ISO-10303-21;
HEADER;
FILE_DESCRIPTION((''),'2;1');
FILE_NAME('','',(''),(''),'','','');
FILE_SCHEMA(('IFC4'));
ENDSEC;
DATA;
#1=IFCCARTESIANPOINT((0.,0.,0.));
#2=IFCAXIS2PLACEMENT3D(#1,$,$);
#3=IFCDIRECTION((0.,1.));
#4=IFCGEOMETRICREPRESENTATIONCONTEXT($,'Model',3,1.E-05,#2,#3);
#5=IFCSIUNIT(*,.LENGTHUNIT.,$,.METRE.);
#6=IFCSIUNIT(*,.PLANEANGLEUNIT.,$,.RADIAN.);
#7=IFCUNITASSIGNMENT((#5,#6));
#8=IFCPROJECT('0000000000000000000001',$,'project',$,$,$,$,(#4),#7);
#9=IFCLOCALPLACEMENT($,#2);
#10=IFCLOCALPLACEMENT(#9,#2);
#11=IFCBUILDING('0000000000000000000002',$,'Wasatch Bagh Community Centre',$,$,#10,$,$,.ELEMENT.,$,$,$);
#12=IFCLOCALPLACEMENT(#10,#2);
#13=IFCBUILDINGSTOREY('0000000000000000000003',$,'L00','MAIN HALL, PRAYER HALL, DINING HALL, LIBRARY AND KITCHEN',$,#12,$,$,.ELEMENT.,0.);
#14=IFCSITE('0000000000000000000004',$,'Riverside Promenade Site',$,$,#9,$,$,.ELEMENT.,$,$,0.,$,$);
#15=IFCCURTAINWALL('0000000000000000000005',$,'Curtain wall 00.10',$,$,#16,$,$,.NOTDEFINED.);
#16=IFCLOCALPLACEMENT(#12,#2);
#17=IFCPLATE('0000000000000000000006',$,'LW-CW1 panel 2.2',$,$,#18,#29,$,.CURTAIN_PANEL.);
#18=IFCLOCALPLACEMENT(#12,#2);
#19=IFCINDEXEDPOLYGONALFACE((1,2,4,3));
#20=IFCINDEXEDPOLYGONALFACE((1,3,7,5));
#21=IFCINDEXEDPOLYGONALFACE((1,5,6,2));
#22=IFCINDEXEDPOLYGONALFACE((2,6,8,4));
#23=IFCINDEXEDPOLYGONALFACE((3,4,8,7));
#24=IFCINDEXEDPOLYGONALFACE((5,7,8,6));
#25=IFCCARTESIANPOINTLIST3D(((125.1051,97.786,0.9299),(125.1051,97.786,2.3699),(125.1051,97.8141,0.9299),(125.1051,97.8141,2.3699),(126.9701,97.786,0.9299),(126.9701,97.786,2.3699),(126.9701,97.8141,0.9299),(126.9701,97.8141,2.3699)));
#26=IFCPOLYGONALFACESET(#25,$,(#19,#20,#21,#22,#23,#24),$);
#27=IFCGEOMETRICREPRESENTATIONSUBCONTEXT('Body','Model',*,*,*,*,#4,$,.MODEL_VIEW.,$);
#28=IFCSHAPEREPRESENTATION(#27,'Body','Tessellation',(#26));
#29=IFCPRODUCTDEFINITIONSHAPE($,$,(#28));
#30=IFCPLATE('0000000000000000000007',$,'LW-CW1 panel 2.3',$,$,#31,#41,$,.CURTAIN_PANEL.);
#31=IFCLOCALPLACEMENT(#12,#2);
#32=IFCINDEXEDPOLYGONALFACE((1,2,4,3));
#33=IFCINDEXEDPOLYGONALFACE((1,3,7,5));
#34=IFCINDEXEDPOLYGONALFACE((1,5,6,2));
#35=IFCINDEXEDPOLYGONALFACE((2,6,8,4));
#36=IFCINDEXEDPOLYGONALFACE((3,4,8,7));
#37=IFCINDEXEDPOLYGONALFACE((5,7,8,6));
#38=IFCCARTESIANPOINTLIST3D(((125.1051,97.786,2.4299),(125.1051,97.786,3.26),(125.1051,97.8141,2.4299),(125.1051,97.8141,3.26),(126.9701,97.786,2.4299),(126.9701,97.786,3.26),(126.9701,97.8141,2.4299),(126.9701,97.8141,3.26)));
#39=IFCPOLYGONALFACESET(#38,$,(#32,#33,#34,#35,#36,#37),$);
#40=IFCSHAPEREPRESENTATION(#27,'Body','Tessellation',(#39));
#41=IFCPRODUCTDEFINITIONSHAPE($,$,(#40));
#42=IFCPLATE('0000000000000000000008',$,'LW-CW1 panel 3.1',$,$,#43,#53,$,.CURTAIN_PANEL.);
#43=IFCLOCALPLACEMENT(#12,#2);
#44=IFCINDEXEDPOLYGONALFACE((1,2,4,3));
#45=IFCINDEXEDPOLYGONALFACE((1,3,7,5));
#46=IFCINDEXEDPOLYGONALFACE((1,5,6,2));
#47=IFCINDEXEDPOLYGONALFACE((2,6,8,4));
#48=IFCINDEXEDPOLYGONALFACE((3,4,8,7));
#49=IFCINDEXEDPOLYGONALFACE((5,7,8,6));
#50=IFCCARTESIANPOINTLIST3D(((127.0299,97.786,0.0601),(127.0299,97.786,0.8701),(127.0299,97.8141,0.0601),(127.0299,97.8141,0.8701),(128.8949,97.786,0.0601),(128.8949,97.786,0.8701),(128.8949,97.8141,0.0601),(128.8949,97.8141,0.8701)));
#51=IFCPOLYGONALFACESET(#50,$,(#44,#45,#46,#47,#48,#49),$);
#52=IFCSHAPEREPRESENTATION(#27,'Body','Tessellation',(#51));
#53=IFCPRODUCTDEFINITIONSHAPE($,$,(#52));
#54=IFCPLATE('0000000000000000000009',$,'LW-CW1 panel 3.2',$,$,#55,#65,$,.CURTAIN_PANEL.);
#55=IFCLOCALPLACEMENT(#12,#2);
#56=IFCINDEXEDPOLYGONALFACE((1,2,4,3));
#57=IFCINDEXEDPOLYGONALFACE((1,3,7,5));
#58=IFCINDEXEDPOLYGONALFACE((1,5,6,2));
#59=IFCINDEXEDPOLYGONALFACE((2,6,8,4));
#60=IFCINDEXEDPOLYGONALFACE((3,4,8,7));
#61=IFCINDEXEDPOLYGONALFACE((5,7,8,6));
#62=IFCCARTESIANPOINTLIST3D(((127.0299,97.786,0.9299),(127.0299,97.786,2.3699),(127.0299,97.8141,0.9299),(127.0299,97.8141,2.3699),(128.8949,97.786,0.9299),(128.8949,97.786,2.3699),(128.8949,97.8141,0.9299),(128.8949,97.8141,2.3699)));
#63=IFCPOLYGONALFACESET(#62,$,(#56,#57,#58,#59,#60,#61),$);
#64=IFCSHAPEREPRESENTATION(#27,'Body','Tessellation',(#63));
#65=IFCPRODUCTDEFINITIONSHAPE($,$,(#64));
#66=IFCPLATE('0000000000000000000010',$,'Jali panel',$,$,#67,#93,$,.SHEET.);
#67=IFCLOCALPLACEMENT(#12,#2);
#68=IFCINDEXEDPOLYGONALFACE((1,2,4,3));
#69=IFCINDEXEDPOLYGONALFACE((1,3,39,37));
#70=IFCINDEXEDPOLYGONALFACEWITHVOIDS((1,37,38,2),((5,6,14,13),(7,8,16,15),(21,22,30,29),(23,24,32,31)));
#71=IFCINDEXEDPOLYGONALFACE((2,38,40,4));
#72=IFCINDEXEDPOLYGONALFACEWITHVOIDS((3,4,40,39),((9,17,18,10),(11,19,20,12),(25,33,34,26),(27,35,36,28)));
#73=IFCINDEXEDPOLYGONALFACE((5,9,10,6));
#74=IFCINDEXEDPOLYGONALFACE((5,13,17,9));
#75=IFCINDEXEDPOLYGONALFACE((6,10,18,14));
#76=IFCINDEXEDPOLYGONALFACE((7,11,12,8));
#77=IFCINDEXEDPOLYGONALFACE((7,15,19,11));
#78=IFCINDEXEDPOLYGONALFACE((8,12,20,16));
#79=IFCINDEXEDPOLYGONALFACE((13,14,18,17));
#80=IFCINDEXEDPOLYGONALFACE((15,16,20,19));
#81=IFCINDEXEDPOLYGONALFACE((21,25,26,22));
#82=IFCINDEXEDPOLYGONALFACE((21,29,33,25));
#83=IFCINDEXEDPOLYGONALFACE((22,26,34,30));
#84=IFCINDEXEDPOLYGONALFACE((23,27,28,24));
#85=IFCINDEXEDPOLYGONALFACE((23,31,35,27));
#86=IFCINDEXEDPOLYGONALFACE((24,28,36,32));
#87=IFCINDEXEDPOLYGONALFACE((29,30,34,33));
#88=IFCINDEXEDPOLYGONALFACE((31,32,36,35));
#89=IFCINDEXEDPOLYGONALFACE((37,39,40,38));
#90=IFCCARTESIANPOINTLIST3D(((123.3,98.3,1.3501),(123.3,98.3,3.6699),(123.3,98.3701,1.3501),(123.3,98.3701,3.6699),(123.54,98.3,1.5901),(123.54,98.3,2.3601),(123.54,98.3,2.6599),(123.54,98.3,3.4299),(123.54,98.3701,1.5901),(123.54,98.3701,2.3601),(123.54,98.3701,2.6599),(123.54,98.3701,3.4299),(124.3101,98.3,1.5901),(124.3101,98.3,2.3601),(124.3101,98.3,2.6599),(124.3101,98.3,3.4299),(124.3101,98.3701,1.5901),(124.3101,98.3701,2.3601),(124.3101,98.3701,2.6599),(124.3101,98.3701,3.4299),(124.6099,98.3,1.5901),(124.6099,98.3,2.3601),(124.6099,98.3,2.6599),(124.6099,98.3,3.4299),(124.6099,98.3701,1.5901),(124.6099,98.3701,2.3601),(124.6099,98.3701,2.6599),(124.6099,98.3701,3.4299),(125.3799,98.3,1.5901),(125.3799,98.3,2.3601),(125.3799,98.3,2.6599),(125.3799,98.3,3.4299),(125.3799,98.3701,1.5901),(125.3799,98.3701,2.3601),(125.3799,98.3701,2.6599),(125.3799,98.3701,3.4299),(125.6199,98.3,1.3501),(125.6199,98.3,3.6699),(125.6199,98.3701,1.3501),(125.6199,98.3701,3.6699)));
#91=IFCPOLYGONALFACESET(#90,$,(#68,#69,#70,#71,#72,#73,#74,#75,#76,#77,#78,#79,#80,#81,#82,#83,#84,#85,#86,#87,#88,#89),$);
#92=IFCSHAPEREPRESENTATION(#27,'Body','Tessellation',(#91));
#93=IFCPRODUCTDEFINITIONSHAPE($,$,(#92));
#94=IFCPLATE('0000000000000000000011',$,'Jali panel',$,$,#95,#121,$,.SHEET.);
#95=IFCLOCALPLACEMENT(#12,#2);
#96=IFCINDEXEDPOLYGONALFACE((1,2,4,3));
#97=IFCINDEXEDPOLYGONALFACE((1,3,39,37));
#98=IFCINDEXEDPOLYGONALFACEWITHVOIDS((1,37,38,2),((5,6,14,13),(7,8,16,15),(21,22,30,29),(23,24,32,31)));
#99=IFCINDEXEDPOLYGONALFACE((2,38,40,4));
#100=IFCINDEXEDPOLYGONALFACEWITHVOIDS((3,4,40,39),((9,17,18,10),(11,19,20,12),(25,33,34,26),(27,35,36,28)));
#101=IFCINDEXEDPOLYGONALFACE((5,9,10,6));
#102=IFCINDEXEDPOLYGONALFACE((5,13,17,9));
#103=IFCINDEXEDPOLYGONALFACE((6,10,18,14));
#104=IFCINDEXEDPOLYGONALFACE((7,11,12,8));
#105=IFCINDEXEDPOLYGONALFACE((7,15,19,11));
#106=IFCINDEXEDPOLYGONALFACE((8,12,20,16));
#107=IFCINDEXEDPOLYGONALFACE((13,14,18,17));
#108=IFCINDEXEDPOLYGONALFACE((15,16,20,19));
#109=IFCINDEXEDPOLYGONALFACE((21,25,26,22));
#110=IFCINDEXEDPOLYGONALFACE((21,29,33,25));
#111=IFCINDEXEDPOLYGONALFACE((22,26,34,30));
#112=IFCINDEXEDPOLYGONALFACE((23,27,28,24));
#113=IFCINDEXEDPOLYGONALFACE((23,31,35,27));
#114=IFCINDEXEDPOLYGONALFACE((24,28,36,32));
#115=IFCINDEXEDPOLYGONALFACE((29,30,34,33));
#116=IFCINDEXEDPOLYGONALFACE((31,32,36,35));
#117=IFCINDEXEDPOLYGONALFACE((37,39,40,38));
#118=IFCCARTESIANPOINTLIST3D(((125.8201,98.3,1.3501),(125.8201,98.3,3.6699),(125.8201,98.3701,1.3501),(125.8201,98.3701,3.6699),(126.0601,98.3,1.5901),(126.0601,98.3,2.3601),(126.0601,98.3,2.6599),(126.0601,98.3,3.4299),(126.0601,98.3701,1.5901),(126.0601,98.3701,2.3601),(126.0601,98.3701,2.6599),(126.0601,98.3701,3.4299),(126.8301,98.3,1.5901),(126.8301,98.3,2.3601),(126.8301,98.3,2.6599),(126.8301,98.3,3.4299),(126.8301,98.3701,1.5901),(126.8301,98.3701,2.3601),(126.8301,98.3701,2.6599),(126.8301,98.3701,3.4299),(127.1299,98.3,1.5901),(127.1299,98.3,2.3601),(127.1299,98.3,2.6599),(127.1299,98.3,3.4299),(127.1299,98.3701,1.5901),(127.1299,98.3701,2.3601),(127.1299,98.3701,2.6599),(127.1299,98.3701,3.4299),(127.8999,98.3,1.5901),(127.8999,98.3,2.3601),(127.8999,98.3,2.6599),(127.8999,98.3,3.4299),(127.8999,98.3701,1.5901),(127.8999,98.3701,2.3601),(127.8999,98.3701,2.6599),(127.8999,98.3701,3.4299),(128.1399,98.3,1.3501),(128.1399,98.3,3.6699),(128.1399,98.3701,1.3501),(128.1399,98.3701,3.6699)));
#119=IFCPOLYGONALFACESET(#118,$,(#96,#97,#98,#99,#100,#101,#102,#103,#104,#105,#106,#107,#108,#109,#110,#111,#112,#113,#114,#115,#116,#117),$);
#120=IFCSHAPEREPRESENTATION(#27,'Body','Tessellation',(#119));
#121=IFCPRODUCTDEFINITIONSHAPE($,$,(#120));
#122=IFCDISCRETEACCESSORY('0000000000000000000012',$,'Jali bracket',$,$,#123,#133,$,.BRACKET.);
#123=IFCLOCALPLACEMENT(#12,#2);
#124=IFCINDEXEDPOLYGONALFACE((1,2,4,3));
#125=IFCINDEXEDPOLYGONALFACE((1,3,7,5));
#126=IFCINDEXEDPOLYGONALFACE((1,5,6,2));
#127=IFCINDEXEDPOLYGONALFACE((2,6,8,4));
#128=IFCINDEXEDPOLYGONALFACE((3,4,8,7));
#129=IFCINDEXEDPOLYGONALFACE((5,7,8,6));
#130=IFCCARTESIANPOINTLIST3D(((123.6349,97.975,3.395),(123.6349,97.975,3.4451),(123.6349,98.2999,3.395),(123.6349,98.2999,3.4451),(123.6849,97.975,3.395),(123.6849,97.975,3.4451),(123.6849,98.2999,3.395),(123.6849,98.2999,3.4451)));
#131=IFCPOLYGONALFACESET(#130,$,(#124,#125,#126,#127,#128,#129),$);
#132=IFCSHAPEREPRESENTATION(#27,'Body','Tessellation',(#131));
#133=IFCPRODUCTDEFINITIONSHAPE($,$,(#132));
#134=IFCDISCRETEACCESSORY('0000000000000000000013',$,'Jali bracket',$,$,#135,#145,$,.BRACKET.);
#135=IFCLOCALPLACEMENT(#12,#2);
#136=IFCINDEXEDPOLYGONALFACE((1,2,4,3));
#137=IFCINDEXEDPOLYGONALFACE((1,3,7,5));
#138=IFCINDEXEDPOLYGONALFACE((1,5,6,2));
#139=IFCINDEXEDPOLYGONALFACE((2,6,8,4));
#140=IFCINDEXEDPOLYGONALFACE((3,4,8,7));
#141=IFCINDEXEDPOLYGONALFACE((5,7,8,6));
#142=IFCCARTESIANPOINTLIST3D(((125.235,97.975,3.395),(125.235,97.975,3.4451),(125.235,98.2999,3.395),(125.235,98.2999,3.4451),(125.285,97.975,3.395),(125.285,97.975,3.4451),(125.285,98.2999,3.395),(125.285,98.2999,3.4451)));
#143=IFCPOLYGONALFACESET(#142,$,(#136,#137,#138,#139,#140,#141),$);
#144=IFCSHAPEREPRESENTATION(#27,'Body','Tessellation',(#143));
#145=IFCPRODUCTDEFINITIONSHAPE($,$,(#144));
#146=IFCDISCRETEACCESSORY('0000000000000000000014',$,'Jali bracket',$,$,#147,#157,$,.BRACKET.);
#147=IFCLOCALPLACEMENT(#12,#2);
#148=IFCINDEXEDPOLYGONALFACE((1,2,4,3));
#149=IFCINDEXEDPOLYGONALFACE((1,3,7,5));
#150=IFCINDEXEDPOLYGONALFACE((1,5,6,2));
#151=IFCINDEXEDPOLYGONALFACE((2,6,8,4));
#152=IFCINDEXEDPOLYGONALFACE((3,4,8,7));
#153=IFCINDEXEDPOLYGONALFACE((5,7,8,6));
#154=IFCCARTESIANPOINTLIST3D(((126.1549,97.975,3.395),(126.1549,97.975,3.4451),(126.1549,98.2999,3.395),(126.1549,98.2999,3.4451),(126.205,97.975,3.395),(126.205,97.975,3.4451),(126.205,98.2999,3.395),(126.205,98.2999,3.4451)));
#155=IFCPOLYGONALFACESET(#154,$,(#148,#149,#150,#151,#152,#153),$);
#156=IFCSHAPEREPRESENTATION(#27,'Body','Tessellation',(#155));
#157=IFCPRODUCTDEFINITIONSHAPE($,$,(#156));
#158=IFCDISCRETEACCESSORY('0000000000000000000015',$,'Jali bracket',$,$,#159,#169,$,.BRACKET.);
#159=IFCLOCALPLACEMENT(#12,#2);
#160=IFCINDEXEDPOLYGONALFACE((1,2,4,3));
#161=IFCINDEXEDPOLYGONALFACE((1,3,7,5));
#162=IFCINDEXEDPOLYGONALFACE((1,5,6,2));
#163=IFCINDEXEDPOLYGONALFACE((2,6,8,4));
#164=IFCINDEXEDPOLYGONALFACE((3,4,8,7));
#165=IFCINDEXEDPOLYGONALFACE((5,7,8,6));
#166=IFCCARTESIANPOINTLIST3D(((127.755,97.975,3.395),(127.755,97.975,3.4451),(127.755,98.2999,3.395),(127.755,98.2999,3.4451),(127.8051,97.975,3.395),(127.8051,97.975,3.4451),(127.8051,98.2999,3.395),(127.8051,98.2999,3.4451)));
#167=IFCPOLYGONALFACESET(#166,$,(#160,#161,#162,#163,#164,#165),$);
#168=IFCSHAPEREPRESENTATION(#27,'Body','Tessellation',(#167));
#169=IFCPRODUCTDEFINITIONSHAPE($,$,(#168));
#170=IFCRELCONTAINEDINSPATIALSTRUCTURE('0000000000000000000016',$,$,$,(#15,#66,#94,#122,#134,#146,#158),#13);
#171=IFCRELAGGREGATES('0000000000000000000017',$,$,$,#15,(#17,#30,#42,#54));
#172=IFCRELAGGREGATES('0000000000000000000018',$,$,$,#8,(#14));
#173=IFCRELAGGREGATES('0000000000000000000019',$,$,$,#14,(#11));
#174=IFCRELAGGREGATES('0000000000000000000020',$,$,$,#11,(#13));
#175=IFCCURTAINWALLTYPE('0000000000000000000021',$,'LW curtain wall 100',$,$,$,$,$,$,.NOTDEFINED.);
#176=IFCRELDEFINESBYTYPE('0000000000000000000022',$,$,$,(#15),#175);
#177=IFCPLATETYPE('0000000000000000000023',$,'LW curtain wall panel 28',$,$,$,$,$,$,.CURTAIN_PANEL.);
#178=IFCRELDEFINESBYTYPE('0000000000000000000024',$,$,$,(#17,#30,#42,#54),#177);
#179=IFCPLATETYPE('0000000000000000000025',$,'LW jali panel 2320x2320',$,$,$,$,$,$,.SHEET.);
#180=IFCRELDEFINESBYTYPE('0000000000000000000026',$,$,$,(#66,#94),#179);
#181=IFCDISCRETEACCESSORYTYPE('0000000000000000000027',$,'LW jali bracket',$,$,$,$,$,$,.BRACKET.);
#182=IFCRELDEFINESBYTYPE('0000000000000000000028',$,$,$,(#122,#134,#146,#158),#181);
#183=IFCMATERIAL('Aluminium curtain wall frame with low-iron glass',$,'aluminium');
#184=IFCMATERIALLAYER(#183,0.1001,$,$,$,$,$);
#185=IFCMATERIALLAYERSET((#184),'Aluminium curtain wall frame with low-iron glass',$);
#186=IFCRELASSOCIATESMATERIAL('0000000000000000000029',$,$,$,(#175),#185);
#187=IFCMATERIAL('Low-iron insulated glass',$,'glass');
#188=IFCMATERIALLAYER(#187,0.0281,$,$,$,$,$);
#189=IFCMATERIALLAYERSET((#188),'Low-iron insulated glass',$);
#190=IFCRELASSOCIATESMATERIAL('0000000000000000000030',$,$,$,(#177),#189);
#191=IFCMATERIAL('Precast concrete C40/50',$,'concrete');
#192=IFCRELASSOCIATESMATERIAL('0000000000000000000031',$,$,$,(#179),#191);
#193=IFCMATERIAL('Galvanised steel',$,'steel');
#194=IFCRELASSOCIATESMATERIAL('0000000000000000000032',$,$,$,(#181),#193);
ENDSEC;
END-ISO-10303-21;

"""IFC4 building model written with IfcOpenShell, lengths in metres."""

from ifc_helpers import new_model, si_unit, direction, frame, origin, origin_2d, place, context, subcontext, project, spatial, polyline, rectangle, outline, extrude, material, layer, layer_set, material_profile, profile_set, type_object, element, aggregate, save


model = new_model("IFC4")

# Units and contexts
model_context = context("Model", 3, precision=1e-05, world=origin(), true_north=direction((0.0, 1.0)))
body_context = subcontext(model_context, "Body", "Model", "MODEL_VIEW")
ifc_project = project(units=[si_unit("LENGTHUNIT", "METRE"), si_unit("PLANEANGLEUNIT", "RADIAN")], contexts=[model_context])

# Site, building, storey
site_placement = place(None, origin())
site = spatial("IfcSite", under=ifc_project, at=site_placement, Name="Riverside Promenade Site", CompositionType="ELEMENT", RefElevation=0.0)
building_placement = place(site_placement, origin())
building = spatial("IfcBuilding", under=site, at=building_placement, Name="Wasatch Bagh Community Centre", CompositionType="ELEMENT")
storey_placement = place(building_placement, origin())
storey = spatial("IfcBuildingStorey", under=building, at=storey_placement, Name="L00", Description="MAIN HALL, PRAYER HALL, DINING HALL, LIBRARY AND KITCHEN", CompositionType="ELEMENT", Elevation=0.0)

# Curtain wall, plates
ifc_material_1 = material(Name="Aluminium curtain wall frame with low-iron glass", Category="aluminium")
ifc_layer_1 = layer(ifc_material_1, 0.1001)
ifc_layer_set_1 = layer_set([ifc_layer_1], Name="Aluminium curtain wall frame with low-iron glass")
curtain_wall_type = type_object("IfcCurtainWallType", Name="LW curtain wall 100", PredefinedType="NOTDEFINED", material=ifc_layer_set_1)
curtain_wall_placement = place(storey_placement, origin())
curtain_wall = element("IfcCurtainWall", 1, at=curtain_wall_placement, inside=storey, type_object=curtain_wall_type, Name="Curtain wall 00.10", PredefinedType="NOTDEFINED")
ifc_material_2 = material(Name="Low-iron insulated glass", Category="glass")
ifc_layer_2 = layer(ifc_material_2, 0.0281)
ifc_layer_set_2 = layer_set([ifc_layer_2], Name="Low-iron insulated glass")
plate_type_1 = type_object("IfcPlateType", Name="LW curtain wall panel 28", PredefinedType="CURTAIN_PANEL", material=ifc_layer_set_2)
plate_1_placement = place(storey_placement, frame((126.0376, 97.8, 0.9299), z_axis=(0.0, 0.0, 1.0), x_axis=(1.0, 0.0, 0.0)))
plate_1 = element("IfcPlate", 2, at=plate_1_placement, type_object=plate_type_1, Name="LW-CW1 panel 2.2", PredefinedType="CURTAIN_PANEL", context=body_context, shape_type="SweptSolid", body=[
    extrude(rectangle(XDim=1.865, YDim=0.0281, at=origin_2d()), origin(), (0.0, 0.0, 1.0), 1.4399),
])
plate_2_placement = place(storey_placement, frame((126.0376, 97.8, 2.4299), z_axis=(0.0, 0.0, 1.0), x_axis=(1.0, 0.0, 0.0)))
plate_2 = element("IfcPlate", 3, at=plate_2_placement, type_object=plate_type_1, Name="LW-CW1 panel 2.3", PredefinedType="CURTAIN_PANEL", context=body_context, shape_type="SweptSolid", body=[
    extrude(rectangle(XDim=1.865, YDim=0.0281, at=origin_2d()), origin(), (0.0, 0.0, 1.0), 0.8301),
])
plate_3_placement = place(storey_placement, frame((127.9624, 97.8, 0.0601), z_axis=(0.0, 0.0, 1.0), x_axis=(1.0, 0.0, 0.0)))
plate_3 = element("IfcPlate", 4, at=plate_3_placement, type_object=plate_type_1, Name="LW-CW1 panel 3.1", PredefinedType="CURTAIN_PANEL", context=body_context, shape_type="SweptSolid", body=[
    extrude(rectangle(XDim=1.865, YDim=0.0281, at=origin_2d()), origin(), (0.0, 0.0, 1.0), 0.8101),
])
plate_4_placement = place(storey_placement, frame((127.9624, 97.8, 0.9299), z_axis=(0.0, 0.0, 1.0), x_axis=(1.0, 0.0, 0.0)))
plate_4 = element("IfcPlate", 5, at=plate_4_placement, type_object=plate_type_1, Name="LW-CW1 panel 3.2", PredefinedType="CURTAIN_PANEL", context=body_context, shape_type="SweptSolid", body=[
    extrude(rectangle(XDim=1.865, YDim=0.0281, at=origin_2d()), origin(), (0.0, 0.0, 1.0), 1.4399),
])
aggregate(curtain_wall, [plate_1, plate_2, plate_3, plate_4])

# Plates
ifc_material_3 = material(Name="Precast concrete C40/50", Category="concrete")
ifc_material_profile_1 = material_profile(ifc_material_3, outline(polyline([(-1.1599, -1.1599), (1.1599, -1.1599), (1.1599, 1.1599), (-1.1599, 1.1599), (-1.1599, -1.1599)]), holes=[polyline([(-0.9199, -0.9199), (-0.1499, -0.9199), (-0.1499, -0.1499), (-0.9199, -0.1499), (-0.9199, -0.9199)]), polyline([(-0.9199, 0.1499), (-0.1499, 0.1499), (-0.1499, 0.9199), (-0.9199, 0.9199), (-0.9199, 0.1499)]), polyline([(0.1499, -0.9199), (0.9199, -0.9199), (0.9199, -0.1499), (0.1499, -0.1499), (0.1499, -0.9199)]), polyline([(0.1499, 0.1499), (0.9199, 0.1499), (0.9199, 0.9199), (0.1499, 0.9199), (0.1499, 0.1499)])]), Name="Jali lattice")
ifc_profile_set_1 = profile_set([ifc_material_profile_1], Name="Precast concrete C40/50")
plate_type_2 = type_object("IfcPlateType", Name="LW jali panel 2320x2320", PredefinedType="SHEET", material=ifc_profile_set_1)
for number, where, z_axis, x_axis, name in (
    (6, (124.46, 98.3, 2.51), (0.0, 1.0, 0.0), (-1.0, 0.0, 0.0), "Jali panel"),
    (7, (126.98, 98.3, 2.51), (0.0, 1.0, 0.0), (-1.0, 0.0, 0.0), "Jali panel"),
):
    element("IfcPlate", number, at=place(storey_placement, frame(where, z_axis=z_axis, x_axis=x_axis)), inside=storey, type_object=plate_type_2, Name=name, PredefinedType="SHEET", context=body_context, shape_type="SweptSolid", body=[
        extrude(outline(polyline([(-1.1599, -1.1599), (1.1599, -1.1599), (1.1599, 1.1599), (-1.1599, 1.1599), (-1.1599, -1.1599)]), holes=[polyline([(-0.9199, -0.9199), (-0.1499, -0.9199), (-0.1499, -0.1499), (-0.9199, -0.1499), (-0.9199, -0.9199)]), polyline([(-0.9199, 0.1499), (-0.1499, 0.1499), (-0.1499, 0.9199), (-0.9199, 0.9199), (-0.9199, 0.1499)]), polyline([(0.1499, -0.9199), (0.9199, -0.9199), (0.9199, -0.1499), (0.1499, -0.1499), (0.1499, -0.9199)]), polyline([(0.1499, 0.1499), (0.9199, 0.1499), (0.9199, 0.9199), (0.1499, 0.9199), (0.1499, 0.1499)])]), origin(), (0.0, 0.0, 1.0), 0.0701),
    ])

# Discrete accessories
ifc_material_4 = material(Name="Galvanised steel", Category="steel")
discrete_accessory_type = type_object("IfcDiscreteAccessoryType", Name="LW jali bracket", PredefinedType="BRACKET", material=ifc_material_4)
for number, where, z_axis, x_axis, name in (
    (8, (123.6599, 98.1375, 3.395), (0.0, 0.0, 1.0), (1.0, 0.0, 0.0), "Jali bracket"),
    (9, (125.26, 98.1375, 3.395), (0.0, 0.0, 1.0), (1.0, 0.0, 0.0), "Jali bracket"),
    (10, (126.1799, 98.1375, 3.395), (0.0, 0.0, 1.0), (1.0, 0.0, 0.0), "Jali bracket"),
    (11, (127.78, 98.1375, 3.395), (0.0, 0.0, 1.0), (1.0, 0.0, 0.0), "Jali bracket"),
):
    element("IfcDiscreteAccessory", number, at=place(storey_placement, frame(where, z_axis=z_axis, x_axis=x_axis)), inside=storey, type_object=discrete_accessory_type, Name=name, PredefinedType="BRACKET", context=body_context, shape_type="SweptSolid", body=[
        extrude(rectangle(XDim=0.05, YDim=0.325, at=origin_2d()), origin(), (0.0, 0.0, 1.0), 0.05),
    ])

save(model, "model.ifc")
